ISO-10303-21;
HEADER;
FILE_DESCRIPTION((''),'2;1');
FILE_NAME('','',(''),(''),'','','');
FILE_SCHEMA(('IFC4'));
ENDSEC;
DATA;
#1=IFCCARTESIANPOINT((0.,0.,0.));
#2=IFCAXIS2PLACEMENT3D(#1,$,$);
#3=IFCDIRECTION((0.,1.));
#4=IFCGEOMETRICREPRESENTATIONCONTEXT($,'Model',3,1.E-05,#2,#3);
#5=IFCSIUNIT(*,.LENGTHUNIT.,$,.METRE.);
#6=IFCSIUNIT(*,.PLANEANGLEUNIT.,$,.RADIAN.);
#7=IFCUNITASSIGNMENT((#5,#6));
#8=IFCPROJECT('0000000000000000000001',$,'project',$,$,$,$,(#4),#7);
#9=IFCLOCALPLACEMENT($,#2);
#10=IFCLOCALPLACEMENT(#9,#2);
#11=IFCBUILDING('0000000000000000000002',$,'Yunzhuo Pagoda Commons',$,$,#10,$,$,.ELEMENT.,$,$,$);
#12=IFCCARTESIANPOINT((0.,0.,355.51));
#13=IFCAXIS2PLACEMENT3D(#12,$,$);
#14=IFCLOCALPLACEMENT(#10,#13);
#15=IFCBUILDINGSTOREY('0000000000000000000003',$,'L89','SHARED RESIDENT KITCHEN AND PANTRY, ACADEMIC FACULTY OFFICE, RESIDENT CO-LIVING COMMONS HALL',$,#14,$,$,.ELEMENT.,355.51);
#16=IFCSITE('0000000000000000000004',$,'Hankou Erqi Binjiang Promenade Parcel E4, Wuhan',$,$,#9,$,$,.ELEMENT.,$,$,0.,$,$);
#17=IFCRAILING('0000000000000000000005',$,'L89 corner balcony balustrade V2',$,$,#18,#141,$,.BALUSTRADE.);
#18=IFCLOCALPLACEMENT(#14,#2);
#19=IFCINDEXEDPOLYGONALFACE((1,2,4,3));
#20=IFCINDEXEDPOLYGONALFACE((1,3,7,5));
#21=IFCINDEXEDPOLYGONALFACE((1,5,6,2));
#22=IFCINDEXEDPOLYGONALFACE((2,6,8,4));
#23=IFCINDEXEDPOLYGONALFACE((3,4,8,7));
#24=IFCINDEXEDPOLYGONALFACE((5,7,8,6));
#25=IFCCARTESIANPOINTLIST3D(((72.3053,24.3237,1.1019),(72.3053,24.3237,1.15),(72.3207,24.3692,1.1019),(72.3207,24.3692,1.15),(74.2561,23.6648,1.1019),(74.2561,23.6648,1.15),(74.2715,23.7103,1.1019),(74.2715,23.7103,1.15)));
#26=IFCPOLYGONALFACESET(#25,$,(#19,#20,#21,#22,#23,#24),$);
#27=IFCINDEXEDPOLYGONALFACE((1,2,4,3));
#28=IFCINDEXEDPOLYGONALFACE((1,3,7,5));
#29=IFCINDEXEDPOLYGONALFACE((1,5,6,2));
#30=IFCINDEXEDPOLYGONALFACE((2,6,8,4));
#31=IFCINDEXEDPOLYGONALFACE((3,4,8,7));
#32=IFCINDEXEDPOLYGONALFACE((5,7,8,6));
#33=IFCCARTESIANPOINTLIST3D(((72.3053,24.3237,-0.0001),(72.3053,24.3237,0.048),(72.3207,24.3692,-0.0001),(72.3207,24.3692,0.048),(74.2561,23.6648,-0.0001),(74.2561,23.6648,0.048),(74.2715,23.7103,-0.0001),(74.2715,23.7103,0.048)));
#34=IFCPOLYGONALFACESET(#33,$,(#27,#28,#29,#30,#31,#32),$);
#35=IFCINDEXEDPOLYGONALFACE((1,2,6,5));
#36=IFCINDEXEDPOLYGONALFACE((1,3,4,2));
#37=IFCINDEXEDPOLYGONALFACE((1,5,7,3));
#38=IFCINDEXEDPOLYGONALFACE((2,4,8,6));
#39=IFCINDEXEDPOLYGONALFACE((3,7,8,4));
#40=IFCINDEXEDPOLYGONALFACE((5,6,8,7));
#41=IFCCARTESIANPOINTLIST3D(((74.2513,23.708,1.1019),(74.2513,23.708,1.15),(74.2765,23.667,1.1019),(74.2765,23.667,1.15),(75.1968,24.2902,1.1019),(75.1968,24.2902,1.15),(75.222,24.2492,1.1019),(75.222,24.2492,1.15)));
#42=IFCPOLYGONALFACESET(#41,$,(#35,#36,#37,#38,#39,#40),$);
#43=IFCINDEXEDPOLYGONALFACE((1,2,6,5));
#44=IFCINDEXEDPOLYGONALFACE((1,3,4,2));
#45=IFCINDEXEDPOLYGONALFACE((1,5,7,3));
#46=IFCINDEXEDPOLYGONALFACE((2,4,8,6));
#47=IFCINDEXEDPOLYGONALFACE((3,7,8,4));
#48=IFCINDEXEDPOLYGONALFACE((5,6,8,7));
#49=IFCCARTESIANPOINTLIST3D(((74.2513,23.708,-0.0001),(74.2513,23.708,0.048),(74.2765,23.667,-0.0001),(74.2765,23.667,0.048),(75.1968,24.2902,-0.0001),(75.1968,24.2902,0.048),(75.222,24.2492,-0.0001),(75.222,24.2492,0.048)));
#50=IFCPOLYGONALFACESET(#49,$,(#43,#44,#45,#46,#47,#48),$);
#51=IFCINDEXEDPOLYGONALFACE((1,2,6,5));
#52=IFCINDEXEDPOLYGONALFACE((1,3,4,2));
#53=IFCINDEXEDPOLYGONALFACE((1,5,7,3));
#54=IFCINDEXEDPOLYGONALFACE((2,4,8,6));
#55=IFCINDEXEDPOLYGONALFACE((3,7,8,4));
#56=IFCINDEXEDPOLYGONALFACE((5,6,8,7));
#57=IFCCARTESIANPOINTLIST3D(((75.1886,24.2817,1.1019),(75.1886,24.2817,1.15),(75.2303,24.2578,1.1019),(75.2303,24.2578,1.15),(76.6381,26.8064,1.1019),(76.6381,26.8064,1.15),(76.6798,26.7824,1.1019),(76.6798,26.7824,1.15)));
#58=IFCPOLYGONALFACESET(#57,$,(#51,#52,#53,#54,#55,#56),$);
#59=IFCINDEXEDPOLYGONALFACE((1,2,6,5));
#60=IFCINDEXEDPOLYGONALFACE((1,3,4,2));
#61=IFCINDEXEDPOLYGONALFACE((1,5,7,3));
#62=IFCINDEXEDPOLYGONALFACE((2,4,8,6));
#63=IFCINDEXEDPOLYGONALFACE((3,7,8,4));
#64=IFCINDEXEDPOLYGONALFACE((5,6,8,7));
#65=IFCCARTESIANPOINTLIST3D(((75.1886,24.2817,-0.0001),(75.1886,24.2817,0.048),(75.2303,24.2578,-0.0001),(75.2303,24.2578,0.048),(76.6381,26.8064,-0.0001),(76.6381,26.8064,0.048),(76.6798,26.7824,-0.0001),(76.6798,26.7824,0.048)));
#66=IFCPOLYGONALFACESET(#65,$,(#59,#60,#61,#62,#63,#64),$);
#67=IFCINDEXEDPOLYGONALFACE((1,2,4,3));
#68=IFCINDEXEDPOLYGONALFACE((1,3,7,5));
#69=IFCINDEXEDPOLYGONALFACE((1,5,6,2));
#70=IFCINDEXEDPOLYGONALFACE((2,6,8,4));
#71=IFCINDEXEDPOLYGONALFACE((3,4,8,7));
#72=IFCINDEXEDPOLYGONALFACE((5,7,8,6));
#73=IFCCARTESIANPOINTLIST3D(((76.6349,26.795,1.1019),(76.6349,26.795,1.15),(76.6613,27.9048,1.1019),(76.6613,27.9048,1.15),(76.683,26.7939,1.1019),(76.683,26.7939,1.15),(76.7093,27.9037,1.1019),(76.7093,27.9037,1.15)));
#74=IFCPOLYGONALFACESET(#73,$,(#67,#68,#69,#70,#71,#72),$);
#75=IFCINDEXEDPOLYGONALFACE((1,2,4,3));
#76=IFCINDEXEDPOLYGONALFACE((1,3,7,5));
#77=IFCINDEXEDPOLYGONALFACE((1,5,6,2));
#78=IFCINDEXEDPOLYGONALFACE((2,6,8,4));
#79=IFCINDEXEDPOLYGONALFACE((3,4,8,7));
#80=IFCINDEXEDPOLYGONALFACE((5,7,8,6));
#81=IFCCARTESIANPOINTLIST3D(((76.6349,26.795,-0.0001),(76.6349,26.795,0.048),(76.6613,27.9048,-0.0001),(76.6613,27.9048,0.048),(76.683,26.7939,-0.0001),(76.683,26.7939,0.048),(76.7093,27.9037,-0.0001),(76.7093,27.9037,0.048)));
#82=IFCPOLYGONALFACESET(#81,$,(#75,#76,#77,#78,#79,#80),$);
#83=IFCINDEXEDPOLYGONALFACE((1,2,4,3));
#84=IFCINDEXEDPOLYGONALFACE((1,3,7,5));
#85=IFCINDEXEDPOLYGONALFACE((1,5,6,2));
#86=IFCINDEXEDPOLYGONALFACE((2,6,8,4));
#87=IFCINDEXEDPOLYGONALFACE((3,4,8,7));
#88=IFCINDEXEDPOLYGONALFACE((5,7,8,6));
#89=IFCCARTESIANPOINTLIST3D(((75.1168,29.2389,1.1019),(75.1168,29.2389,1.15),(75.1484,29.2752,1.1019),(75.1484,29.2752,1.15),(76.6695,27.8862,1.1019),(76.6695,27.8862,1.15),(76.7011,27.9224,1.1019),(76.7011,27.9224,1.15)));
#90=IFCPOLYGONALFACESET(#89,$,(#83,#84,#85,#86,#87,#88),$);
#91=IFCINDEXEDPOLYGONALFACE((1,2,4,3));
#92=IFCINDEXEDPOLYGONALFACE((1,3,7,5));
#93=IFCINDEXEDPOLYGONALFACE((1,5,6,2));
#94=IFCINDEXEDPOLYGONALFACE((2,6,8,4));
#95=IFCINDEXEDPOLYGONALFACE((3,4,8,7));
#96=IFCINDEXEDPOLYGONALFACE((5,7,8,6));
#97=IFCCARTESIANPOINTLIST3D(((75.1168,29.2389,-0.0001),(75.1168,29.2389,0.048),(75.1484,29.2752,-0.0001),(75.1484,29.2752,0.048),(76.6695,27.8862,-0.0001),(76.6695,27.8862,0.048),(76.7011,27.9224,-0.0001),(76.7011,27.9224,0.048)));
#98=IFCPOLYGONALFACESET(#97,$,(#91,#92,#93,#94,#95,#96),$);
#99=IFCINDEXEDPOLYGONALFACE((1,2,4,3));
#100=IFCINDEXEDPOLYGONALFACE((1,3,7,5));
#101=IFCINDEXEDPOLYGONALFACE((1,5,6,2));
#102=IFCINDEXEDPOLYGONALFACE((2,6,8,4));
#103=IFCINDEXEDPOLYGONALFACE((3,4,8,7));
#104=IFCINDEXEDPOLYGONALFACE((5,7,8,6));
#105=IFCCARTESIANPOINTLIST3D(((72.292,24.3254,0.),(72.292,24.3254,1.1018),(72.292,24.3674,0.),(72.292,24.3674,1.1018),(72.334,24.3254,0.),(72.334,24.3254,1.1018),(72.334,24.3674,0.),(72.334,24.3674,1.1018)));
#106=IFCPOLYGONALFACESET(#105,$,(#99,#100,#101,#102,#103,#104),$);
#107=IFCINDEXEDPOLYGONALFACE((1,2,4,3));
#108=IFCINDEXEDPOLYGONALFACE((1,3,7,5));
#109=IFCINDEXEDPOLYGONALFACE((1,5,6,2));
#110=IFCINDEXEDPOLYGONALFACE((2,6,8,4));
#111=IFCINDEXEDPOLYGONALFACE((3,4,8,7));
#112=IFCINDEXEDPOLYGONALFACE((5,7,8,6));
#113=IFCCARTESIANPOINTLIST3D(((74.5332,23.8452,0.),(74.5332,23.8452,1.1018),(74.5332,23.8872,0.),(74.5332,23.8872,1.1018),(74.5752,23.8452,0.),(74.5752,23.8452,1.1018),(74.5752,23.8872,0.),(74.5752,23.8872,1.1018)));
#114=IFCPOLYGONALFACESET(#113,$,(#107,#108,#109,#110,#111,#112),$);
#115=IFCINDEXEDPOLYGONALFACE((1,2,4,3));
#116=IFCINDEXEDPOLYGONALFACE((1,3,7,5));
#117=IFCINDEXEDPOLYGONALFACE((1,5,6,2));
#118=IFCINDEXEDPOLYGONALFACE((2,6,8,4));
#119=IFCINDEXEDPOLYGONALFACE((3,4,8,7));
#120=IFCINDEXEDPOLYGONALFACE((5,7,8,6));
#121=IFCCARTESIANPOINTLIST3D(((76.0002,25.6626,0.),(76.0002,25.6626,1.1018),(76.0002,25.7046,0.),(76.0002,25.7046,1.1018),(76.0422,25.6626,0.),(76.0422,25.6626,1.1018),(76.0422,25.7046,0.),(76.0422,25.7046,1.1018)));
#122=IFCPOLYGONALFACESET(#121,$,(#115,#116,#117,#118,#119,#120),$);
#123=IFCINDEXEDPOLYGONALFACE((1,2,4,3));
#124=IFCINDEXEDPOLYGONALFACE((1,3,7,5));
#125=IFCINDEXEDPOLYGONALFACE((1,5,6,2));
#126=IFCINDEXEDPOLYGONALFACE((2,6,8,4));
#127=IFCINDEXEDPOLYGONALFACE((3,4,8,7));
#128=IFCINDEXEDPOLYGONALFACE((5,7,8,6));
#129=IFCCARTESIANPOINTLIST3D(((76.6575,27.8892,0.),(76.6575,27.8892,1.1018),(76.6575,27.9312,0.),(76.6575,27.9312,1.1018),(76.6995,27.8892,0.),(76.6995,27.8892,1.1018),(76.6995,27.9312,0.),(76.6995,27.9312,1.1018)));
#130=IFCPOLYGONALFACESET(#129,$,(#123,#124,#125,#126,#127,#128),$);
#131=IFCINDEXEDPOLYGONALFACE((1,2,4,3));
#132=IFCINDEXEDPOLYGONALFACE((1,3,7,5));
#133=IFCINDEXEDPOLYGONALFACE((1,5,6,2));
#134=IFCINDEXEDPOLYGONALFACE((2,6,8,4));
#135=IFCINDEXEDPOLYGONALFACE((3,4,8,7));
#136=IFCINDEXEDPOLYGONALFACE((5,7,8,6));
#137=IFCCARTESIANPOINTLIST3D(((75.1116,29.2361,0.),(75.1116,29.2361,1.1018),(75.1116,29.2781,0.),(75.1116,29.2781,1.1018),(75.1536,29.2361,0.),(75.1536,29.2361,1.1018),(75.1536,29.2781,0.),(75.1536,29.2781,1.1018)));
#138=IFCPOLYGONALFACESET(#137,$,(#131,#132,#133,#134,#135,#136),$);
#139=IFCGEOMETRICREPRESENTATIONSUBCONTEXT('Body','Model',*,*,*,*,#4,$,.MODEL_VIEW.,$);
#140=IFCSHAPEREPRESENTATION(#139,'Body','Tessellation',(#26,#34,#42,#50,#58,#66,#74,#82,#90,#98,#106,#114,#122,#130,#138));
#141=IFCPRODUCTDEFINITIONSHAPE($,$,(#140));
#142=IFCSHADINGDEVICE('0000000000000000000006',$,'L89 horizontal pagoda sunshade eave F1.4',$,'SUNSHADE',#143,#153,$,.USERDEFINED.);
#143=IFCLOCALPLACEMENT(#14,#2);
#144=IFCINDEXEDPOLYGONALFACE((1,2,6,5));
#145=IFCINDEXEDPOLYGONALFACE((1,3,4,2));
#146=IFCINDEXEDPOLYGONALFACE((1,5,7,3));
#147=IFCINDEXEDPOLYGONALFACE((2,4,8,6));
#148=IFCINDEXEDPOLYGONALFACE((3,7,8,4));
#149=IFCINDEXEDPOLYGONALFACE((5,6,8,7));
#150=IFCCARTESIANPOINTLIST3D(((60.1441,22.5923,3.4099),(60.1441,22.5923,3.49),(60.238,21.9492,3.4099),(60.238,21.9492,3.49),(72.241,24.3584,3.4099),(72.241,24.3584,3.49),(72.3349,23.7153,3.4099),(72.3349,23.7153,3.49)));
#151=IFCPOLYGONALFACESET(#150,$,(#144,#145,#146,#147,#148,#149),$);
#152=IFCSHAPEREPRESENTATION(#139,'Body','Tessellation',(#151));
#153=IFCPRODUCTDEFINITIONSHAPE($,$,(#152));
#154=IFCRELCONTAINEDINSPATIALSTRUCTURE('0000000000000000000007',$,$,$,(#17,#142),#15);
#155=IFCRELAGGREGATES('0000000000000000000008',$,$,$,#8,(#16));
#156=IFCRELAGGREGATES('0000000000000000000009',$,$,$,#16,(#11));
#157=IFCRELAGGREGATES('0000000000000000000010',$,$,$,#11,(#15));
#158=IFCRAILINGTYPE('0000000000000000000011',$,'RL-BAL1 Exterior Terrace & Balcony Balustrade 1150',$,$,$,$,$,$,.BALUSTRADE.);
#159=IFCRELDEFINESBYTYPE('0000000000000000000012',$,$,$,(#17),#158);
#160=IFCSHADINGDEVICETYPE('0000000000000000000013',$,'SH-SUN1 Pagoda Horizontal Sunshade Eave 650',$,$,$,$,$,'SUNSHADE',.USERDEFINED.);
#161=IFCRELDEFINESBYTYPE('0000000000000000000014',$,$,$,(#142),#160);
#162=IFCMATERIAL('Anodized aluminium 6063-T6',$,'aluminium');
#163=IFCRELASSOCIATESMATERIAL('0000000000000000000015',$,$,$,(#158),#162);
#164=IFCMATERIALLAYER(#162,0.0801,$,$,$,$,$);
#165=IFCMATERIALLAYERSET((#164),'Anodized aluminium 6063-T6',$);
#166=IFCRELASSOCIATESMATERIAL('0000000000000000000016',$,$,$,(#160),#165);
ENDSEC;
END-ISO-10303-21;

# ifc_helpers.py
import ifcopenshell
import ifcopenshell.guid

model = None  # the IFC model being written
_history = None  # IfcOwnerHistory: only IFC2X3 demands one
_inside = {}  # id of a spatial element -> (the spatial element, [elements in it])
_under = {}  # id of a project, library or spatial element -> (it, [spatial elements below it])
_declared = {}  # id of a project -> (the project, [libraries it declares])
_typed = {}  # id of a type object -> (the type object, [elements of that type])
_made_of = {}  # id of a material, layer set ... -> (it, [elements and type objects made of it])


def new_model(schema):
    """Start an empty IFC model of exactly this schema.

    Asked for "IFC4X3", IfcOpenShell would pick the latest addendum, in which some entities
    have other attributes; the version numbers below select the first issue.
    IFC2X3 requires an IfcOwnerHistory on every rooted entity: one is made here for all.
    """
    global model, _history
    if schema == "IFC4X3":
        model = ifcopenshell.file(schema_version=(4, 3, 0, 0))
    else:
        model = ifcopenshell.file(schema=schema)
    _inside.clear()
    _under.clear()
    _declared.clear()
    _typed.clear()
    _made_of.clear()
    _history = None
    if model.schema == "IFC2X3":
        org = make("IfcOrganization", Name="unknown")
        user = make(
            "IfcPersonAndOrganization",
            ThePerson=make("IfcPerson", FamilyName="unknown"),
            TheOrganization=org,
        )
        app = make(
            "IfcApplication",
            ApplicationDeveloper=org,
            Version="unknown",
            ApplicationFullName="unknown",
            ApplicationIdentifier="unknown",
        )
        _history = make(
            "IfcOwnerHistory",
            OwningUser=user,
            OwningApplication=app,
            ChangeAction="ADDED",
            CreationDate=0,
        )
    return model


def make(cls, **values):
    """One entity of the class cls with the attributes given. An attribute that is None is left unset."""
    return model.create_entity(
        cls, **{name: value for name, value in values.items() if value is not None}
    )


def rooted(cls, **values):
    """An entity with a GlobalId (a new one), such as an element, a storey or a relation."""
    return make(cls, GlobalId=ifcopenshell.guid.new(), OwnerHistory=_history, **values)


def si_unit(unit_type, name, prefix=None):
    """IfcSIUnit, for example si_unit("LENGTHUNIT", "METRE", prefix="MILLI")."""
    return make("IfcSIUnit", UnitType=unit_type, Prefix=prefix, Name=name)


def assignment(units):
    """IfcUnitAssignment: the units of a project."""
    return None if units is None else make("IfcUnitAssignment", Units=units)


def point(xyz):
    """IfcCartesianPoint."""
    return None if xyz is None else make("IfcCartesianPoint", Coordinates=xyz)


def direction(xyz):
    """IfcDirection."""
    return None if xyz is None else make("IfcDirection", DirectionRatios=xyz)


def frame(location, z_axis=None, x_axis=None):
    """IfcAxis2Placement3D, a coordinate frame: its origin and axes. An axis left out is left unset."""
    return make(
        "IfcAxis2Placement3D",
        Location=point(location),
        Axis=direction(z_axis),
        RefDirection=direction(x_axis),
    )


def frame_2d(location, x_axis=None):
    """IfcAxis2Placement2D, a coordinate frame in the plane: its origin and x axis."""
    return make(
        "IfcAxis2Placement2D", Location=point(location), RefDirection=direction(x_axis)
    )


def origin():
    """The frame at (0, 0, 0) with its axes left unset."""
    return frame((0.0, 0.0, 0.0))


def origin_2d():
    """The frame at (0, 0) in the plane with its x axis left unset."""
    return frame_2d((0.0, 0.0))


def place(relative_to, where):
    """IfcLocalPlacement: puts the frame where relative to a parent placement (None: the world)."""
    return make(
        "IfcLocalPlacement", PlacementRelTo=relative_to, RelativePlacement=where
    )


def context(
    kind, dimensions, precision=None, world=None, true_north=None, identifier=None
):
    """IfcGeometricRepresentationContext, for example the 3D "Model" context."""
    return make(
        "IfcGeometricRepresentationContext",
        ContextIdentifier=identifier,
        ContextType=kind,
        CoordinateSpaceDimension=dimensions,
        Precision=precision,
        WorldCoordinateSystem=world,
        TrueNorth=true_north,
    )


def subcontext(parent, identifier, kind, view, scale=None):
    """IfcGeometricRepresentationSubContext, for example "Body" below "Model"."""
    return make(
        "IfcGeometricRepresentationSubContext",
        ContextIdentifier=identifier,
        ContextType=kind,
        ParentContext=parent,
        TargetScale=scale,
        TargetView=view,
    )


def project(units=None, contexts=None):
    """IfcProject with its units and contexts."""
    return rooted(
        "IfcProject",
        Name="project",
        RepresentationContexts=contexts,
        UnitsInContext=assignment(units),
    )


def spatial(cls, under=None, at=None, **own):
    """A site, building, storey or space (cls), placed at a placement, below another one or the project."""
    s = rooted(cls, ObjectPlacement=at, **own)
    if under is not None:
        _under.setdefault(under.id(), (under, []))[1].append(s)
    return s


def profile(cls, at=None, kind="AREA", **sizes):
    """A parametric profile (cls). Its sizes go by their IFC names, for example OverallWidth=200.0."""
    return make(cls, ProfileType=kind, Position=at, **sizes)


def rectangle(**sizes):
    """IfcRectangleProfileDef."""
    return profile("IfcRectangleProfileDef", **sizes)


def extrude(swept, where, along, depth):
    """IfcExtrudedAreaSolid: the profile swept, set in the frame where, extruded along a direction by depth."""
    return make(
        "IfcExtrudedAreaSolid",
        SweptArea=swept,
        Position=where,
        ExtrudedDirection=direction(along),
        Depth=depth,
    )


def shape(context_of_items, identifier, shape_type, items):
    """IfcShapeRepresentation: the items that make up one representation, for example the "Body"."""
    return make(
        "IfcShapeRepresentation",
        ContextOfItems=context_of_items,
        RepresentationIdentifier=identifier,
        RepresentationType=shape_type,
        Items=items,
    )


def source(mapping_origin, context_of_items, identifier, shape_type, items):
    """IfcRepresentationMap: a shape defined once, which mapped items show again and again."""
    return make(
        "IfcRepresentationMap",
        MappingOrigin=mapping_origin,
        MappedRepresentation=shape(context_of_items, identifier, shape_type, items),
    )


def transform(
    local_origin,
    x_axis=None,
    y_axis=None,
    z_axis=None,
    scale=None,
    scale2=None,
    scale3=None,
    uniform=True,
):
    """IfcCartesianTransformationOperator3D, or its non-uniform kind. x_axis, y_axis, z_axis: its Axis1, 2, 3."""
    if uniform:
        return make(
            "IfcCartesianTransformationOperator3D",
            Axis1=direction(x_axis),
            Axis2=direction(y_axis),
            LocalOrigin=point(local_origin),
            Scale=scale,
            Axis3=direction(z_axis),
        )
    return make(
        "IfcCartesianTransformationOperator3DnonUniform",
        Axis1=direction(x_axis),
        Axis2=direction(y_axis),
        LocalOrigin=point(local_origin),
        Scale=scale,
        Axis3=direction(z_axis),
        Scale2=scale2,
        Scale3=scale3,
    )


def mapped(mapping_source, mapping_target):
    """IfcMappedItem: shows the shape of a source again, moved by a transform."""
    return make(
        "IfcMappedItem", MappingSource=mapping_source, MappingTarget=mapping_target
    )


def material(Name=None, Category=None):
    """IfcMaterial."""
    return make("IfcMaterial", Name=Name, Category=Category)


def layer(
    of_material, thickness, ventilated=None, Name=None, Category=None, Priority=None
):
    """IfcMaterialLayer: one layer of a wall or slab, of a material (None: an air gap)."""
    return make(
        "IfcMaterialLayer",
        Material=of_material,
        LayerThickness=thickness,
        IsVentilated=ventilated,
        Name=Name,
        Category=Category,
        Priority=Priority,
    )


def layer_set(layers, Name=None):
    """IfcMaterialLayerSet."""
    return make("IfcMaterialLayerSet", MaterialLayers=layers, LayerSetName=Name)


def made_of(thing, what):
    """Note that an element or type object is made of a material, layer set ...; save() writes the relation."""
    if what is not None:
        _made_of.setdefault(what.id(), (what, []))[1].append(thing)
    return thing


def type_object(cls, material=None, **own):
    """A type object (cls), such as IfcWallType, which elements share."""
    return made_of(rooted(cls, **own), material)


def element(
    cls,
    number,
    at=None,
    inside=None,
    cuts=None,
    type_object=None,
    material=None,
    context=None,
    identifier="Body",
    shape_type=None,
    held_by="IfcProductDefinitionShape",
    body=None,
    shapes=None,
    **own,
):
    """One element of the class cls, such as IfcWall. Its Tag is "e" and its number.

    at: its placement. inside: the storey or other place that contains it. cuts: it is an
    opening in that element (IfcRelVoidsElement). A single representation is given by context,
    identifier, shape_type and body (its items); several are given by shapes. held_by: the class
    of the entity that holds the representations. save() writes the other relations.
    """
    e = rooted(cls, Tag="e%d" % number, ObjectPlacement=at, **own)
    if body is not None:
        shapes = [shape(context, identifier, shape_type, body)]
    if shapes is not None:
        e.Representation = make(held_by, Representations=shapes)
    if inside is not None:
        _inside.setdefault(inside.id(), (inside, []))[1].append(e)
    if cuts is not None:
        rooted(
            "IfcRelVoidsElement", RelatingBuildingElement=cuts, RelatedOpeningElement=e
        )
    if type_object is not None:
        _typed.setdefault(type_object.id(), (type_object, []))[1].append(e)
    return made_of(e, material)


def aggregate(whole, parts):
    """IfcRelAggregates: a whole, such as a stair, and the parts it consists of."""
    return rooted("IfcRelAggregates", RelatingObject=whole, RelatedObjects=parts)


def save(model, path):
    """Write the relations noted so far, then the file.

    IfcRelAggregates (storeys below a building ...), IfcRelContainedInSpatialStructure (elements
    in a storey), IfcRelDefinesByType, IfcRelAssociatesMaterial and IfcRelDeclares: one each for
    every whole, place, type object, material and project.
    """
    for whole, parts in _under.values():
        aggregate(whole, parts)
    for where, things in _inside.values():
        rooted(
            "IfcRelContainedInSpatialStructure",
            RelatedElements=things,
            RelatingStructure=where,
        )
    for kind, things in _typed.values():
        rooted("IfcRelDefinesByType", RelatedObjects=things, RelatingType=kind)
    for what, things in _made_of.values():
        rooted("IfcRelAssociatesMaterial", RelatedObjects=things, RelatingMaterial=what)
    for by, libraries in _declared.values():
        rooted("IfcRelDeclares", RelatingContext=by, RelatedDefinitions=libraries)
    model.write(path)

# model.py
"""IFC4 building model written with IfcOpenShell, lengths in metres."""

from ifc_helpers import new_model, si_unit, direction, frame, origin, origin_2d, place, context, subcontext, project, spatial, rectangle, extrude, source, transform, mapped, material, layer, layer_set, type_object, element, save


model = new_model("IFC4")

# Units and contexts
model_context = context("Model", 3, precision=1e-05, world=origin(), true_north=direction((0.0, 1.0)))
body_context = subcontext(model_context, "Body", "Model", "MODEL_VIEW")
ifc_project = project(units=[si_unit("LENGTHUNIT", "METRE"), si_unit("PLANEANGLEUNIT", "RADIAN")], contexts=[model_context])

# Site, building, storey
site_placement = place(None, origin())
site = spatial("IfcSite", under=ifc_project, at=site_placement, Name="Hankou Erqi Binjiang Promenade Parcel E4, Wuhan", CompositionType="ELEMENT", RefElevation=0.0)
building_placement = place(site_placement, origin())
building = spatial("IfcBuilding", under=site, at=building_placement, Name="Yunzhuo Pagoda Commons", CompositionType="ELEMENT")
storey_placement = place(building_placement, frame((0.0, 0.0, 355.51)))
storey = spatial("IfcBuildingStorey", under=building, at=storey_placement, Name="L89", Description="SHARED RESIDENT KITCHEN AND PANTRY, ACADEMIC FACULTY OFFICE, RESIDENT CO-LIVING COMMONS HALL", CompositionType="ELEMENT", Elevation=355.51)

# Shared definitions
ifc_material_1 = material(Name="Anodized aluminium 6063-T6", Category="aluminium")

# Railing
railing_type = type_object("IfcRailingType", Name="RL-BAL1 Exterior Terrace & Balcony Balustrade 1150", PredefinedType="BALUSTRADE", material=ifc_material_1)
railing_placement = place(storey_placement, frame((72.313, 24.3464, 0.0)))
element("IfcRailing", 1, at=railing_placement, inside=storey, type_object=railing_type, Name="L89 corner balcony balustrade V2", PredefinedType="BALUSTRADE", context=body_context, shape_type="SweptSolid", body=[
    extrude(rectangle(XDim=0.0481, YDim=0.0481, at=origin_2d()), frame((0.0, 0.0, 1.126), z_axis=(0.947419, -0.319996, 0.0), x_axis=(0.319996, 0.947419, 0.0)), (0.0, 0.0, 1.0), 2.0591),
    extrude(rectangle(XDim=0.0481, YDim=0.0481, at=origin_2d()), frame((0.0, 0.0, 0.0239), z_axis=(0.947419, -0.319996, 0.0), x_axis=(0.319996, 0.947419, 0.0)), (0.0, 0.0, 1.0), 2.0591),
    extrude(rectangle(XDim=0.0481, YDim=0.0481, at=origin_2d()), frame((1.9509, -0.6589, 1.126), z_axis=(0.8515, 0.524355, 0.0), x_axis=(-0.524355, 0.8515, 0.0)), (0.0, 0.0, 1.0), 1.1104),
    extrude(rectangle(XDim=0.0481, YDim=0.0481, at=origin_2d()), frame((1.9509, -0.6589, 0.0239), z_axis=(0.8515, 0.524355, 0.0), x_axis=(-0.524355, 0.8515, 0.0)), (0.0, 0.0, 1.0), 1.1104),
    extrude(rectangle(XDim=0.0481, YDim=0.0481, at=origin_2d()), frame((2.8965, -0.0767, 1.126), z_axis=(0.497899, 0.867235, 0.0), x_axis=(-0.867235, 0.497899, 0.0)), (0.0, 0.0, 1.0), 2.9111),
    extrude(rectangle(XDim=0.0481, YDim=0.0481, at=origin_2d()), frame((2.8965, -0.0767, 0.0239), z_axis=(0.497899, 0.867235, 0.0), x_axis=(-0.867235, 0.497899, 0.0)), (0.0, 0.0, 1.0), 2.9111),
    extrude(rectangle(XDim=0.0481, YDim=0.0481, at=origin_2d()), frame((4.3459, 2.448, 1.126), z_axis=(0.02375, 0.999718, 0.0), x_axis=(-0.999718, 0.02375, 0.0)), (0.0, 0.0, 1.0), 1.1101),
    extrude(rectangle(XDim=0.0481, YDim=0.0481, at=origin_2d()), frame((4.3459, 2.448, 0.0239), z_axis=(0.02375, 0.999718, 0.0), x_axis=(-0.999718, 0.02375, 0.0)), (0.0, 0.0, 1.0), 1.1101),
    extrude(rectangle(XDim=0.0481, YDim=0.0481, at=origin_2d()), frame((4.3723, 3.5579, 1.126), z_axis=(-0.753985, 0.656892, 0.0), x_axis=(-0.656892, -0.753985, 0.0)), (0.0, 0.0, 1.0), 2.0593),
    extrude(rectangle(XDim=0.0481, YDim=0.0481, at=origin_2d()), frame((4.3723, 3.5579, 0.0239), z_axis=(-0.753985, 0.656892, 0.0), x_axis=(-0.656892, -0.753985, 0.0)), (0.0, 0.0, 1.0), 2.0593),
    extrude(rectangle(XDim=0.042, YDim=0.042, at=origin_2d()), origin(), (0.0, 0.0, 1.0), 1.1018),
    extrude(rectangle(XDim=0.042, YDim=0.042, at=origin_2d()), frame((2.2412, -0.4802, 0.0)), (0.0, 0.0, 1.0), 1.1018),
    extrude(rectangle(XDim=0.042, YDim=0.042, at=origin_2d()), frame((3.7083, 1.3372, 0.0)), (0.0, 0.0, 1.0), 1.1018),
    extrude(rectangle(XDim=0.042, YDim=0.042, at=origin_2d()), frame((4.3655, 3.5637, 0.0)), (0.0, 0.0, 1.0), 1.1018),
    extrude(rectangle(XDim=0.042, YDim=0.042, at=origin_2d()), frame((2.8196, 4.9106, 0.0)), (0.0, 0.0, 1.0), 1.1018),
])

# Shading device
ifc_layer_1 = layer(ifc_material_1, 0.0801)
ifc_layer_set_1 = layer_set([ifc_layer_1], Name="Anodized aluminium 6063-T6")
shading_device_type = type_object("IfcShadingDeviceType", Name="SH-SUN1 Pagoda Horizontal Sunshade Eave 650", ElementType="SUNSHADE", PredefinedType="USERDEFINED", material=ifc_layer_set_1)
shared_shape_1 = source(origin(), body_context, "Body", "SweptSolid", [
    extrude(rectangle(XDim=12.2251, YDim=0.6499, at=origin_2d()), origin(), (0.0, 0.0, 1.0), 0.0801),
])
shading_device_placement = place(storey_placement, frame((66.2395, 23.1538, 3.4099), z_axis=(0.0, 0.0, 1.0), x_axis=(0.989511, 0.14446, 0.0)))
element("IfcShadingDevice", 2, at=shading_device_placement, inside=storey, type_object=shading_device_type, Name="L89 horizontal pagoda sunshade eave F1.4", ObjectType="SUNSHADE", PredefinedType="USERDEFINED", context=body_context, shape_type="MappedRepresentation", body=[
    mapped(shared_shape_1, transform((0.0, 0.0, 0.0), scale=1.0)),
])

save(model, "model.ifc")
